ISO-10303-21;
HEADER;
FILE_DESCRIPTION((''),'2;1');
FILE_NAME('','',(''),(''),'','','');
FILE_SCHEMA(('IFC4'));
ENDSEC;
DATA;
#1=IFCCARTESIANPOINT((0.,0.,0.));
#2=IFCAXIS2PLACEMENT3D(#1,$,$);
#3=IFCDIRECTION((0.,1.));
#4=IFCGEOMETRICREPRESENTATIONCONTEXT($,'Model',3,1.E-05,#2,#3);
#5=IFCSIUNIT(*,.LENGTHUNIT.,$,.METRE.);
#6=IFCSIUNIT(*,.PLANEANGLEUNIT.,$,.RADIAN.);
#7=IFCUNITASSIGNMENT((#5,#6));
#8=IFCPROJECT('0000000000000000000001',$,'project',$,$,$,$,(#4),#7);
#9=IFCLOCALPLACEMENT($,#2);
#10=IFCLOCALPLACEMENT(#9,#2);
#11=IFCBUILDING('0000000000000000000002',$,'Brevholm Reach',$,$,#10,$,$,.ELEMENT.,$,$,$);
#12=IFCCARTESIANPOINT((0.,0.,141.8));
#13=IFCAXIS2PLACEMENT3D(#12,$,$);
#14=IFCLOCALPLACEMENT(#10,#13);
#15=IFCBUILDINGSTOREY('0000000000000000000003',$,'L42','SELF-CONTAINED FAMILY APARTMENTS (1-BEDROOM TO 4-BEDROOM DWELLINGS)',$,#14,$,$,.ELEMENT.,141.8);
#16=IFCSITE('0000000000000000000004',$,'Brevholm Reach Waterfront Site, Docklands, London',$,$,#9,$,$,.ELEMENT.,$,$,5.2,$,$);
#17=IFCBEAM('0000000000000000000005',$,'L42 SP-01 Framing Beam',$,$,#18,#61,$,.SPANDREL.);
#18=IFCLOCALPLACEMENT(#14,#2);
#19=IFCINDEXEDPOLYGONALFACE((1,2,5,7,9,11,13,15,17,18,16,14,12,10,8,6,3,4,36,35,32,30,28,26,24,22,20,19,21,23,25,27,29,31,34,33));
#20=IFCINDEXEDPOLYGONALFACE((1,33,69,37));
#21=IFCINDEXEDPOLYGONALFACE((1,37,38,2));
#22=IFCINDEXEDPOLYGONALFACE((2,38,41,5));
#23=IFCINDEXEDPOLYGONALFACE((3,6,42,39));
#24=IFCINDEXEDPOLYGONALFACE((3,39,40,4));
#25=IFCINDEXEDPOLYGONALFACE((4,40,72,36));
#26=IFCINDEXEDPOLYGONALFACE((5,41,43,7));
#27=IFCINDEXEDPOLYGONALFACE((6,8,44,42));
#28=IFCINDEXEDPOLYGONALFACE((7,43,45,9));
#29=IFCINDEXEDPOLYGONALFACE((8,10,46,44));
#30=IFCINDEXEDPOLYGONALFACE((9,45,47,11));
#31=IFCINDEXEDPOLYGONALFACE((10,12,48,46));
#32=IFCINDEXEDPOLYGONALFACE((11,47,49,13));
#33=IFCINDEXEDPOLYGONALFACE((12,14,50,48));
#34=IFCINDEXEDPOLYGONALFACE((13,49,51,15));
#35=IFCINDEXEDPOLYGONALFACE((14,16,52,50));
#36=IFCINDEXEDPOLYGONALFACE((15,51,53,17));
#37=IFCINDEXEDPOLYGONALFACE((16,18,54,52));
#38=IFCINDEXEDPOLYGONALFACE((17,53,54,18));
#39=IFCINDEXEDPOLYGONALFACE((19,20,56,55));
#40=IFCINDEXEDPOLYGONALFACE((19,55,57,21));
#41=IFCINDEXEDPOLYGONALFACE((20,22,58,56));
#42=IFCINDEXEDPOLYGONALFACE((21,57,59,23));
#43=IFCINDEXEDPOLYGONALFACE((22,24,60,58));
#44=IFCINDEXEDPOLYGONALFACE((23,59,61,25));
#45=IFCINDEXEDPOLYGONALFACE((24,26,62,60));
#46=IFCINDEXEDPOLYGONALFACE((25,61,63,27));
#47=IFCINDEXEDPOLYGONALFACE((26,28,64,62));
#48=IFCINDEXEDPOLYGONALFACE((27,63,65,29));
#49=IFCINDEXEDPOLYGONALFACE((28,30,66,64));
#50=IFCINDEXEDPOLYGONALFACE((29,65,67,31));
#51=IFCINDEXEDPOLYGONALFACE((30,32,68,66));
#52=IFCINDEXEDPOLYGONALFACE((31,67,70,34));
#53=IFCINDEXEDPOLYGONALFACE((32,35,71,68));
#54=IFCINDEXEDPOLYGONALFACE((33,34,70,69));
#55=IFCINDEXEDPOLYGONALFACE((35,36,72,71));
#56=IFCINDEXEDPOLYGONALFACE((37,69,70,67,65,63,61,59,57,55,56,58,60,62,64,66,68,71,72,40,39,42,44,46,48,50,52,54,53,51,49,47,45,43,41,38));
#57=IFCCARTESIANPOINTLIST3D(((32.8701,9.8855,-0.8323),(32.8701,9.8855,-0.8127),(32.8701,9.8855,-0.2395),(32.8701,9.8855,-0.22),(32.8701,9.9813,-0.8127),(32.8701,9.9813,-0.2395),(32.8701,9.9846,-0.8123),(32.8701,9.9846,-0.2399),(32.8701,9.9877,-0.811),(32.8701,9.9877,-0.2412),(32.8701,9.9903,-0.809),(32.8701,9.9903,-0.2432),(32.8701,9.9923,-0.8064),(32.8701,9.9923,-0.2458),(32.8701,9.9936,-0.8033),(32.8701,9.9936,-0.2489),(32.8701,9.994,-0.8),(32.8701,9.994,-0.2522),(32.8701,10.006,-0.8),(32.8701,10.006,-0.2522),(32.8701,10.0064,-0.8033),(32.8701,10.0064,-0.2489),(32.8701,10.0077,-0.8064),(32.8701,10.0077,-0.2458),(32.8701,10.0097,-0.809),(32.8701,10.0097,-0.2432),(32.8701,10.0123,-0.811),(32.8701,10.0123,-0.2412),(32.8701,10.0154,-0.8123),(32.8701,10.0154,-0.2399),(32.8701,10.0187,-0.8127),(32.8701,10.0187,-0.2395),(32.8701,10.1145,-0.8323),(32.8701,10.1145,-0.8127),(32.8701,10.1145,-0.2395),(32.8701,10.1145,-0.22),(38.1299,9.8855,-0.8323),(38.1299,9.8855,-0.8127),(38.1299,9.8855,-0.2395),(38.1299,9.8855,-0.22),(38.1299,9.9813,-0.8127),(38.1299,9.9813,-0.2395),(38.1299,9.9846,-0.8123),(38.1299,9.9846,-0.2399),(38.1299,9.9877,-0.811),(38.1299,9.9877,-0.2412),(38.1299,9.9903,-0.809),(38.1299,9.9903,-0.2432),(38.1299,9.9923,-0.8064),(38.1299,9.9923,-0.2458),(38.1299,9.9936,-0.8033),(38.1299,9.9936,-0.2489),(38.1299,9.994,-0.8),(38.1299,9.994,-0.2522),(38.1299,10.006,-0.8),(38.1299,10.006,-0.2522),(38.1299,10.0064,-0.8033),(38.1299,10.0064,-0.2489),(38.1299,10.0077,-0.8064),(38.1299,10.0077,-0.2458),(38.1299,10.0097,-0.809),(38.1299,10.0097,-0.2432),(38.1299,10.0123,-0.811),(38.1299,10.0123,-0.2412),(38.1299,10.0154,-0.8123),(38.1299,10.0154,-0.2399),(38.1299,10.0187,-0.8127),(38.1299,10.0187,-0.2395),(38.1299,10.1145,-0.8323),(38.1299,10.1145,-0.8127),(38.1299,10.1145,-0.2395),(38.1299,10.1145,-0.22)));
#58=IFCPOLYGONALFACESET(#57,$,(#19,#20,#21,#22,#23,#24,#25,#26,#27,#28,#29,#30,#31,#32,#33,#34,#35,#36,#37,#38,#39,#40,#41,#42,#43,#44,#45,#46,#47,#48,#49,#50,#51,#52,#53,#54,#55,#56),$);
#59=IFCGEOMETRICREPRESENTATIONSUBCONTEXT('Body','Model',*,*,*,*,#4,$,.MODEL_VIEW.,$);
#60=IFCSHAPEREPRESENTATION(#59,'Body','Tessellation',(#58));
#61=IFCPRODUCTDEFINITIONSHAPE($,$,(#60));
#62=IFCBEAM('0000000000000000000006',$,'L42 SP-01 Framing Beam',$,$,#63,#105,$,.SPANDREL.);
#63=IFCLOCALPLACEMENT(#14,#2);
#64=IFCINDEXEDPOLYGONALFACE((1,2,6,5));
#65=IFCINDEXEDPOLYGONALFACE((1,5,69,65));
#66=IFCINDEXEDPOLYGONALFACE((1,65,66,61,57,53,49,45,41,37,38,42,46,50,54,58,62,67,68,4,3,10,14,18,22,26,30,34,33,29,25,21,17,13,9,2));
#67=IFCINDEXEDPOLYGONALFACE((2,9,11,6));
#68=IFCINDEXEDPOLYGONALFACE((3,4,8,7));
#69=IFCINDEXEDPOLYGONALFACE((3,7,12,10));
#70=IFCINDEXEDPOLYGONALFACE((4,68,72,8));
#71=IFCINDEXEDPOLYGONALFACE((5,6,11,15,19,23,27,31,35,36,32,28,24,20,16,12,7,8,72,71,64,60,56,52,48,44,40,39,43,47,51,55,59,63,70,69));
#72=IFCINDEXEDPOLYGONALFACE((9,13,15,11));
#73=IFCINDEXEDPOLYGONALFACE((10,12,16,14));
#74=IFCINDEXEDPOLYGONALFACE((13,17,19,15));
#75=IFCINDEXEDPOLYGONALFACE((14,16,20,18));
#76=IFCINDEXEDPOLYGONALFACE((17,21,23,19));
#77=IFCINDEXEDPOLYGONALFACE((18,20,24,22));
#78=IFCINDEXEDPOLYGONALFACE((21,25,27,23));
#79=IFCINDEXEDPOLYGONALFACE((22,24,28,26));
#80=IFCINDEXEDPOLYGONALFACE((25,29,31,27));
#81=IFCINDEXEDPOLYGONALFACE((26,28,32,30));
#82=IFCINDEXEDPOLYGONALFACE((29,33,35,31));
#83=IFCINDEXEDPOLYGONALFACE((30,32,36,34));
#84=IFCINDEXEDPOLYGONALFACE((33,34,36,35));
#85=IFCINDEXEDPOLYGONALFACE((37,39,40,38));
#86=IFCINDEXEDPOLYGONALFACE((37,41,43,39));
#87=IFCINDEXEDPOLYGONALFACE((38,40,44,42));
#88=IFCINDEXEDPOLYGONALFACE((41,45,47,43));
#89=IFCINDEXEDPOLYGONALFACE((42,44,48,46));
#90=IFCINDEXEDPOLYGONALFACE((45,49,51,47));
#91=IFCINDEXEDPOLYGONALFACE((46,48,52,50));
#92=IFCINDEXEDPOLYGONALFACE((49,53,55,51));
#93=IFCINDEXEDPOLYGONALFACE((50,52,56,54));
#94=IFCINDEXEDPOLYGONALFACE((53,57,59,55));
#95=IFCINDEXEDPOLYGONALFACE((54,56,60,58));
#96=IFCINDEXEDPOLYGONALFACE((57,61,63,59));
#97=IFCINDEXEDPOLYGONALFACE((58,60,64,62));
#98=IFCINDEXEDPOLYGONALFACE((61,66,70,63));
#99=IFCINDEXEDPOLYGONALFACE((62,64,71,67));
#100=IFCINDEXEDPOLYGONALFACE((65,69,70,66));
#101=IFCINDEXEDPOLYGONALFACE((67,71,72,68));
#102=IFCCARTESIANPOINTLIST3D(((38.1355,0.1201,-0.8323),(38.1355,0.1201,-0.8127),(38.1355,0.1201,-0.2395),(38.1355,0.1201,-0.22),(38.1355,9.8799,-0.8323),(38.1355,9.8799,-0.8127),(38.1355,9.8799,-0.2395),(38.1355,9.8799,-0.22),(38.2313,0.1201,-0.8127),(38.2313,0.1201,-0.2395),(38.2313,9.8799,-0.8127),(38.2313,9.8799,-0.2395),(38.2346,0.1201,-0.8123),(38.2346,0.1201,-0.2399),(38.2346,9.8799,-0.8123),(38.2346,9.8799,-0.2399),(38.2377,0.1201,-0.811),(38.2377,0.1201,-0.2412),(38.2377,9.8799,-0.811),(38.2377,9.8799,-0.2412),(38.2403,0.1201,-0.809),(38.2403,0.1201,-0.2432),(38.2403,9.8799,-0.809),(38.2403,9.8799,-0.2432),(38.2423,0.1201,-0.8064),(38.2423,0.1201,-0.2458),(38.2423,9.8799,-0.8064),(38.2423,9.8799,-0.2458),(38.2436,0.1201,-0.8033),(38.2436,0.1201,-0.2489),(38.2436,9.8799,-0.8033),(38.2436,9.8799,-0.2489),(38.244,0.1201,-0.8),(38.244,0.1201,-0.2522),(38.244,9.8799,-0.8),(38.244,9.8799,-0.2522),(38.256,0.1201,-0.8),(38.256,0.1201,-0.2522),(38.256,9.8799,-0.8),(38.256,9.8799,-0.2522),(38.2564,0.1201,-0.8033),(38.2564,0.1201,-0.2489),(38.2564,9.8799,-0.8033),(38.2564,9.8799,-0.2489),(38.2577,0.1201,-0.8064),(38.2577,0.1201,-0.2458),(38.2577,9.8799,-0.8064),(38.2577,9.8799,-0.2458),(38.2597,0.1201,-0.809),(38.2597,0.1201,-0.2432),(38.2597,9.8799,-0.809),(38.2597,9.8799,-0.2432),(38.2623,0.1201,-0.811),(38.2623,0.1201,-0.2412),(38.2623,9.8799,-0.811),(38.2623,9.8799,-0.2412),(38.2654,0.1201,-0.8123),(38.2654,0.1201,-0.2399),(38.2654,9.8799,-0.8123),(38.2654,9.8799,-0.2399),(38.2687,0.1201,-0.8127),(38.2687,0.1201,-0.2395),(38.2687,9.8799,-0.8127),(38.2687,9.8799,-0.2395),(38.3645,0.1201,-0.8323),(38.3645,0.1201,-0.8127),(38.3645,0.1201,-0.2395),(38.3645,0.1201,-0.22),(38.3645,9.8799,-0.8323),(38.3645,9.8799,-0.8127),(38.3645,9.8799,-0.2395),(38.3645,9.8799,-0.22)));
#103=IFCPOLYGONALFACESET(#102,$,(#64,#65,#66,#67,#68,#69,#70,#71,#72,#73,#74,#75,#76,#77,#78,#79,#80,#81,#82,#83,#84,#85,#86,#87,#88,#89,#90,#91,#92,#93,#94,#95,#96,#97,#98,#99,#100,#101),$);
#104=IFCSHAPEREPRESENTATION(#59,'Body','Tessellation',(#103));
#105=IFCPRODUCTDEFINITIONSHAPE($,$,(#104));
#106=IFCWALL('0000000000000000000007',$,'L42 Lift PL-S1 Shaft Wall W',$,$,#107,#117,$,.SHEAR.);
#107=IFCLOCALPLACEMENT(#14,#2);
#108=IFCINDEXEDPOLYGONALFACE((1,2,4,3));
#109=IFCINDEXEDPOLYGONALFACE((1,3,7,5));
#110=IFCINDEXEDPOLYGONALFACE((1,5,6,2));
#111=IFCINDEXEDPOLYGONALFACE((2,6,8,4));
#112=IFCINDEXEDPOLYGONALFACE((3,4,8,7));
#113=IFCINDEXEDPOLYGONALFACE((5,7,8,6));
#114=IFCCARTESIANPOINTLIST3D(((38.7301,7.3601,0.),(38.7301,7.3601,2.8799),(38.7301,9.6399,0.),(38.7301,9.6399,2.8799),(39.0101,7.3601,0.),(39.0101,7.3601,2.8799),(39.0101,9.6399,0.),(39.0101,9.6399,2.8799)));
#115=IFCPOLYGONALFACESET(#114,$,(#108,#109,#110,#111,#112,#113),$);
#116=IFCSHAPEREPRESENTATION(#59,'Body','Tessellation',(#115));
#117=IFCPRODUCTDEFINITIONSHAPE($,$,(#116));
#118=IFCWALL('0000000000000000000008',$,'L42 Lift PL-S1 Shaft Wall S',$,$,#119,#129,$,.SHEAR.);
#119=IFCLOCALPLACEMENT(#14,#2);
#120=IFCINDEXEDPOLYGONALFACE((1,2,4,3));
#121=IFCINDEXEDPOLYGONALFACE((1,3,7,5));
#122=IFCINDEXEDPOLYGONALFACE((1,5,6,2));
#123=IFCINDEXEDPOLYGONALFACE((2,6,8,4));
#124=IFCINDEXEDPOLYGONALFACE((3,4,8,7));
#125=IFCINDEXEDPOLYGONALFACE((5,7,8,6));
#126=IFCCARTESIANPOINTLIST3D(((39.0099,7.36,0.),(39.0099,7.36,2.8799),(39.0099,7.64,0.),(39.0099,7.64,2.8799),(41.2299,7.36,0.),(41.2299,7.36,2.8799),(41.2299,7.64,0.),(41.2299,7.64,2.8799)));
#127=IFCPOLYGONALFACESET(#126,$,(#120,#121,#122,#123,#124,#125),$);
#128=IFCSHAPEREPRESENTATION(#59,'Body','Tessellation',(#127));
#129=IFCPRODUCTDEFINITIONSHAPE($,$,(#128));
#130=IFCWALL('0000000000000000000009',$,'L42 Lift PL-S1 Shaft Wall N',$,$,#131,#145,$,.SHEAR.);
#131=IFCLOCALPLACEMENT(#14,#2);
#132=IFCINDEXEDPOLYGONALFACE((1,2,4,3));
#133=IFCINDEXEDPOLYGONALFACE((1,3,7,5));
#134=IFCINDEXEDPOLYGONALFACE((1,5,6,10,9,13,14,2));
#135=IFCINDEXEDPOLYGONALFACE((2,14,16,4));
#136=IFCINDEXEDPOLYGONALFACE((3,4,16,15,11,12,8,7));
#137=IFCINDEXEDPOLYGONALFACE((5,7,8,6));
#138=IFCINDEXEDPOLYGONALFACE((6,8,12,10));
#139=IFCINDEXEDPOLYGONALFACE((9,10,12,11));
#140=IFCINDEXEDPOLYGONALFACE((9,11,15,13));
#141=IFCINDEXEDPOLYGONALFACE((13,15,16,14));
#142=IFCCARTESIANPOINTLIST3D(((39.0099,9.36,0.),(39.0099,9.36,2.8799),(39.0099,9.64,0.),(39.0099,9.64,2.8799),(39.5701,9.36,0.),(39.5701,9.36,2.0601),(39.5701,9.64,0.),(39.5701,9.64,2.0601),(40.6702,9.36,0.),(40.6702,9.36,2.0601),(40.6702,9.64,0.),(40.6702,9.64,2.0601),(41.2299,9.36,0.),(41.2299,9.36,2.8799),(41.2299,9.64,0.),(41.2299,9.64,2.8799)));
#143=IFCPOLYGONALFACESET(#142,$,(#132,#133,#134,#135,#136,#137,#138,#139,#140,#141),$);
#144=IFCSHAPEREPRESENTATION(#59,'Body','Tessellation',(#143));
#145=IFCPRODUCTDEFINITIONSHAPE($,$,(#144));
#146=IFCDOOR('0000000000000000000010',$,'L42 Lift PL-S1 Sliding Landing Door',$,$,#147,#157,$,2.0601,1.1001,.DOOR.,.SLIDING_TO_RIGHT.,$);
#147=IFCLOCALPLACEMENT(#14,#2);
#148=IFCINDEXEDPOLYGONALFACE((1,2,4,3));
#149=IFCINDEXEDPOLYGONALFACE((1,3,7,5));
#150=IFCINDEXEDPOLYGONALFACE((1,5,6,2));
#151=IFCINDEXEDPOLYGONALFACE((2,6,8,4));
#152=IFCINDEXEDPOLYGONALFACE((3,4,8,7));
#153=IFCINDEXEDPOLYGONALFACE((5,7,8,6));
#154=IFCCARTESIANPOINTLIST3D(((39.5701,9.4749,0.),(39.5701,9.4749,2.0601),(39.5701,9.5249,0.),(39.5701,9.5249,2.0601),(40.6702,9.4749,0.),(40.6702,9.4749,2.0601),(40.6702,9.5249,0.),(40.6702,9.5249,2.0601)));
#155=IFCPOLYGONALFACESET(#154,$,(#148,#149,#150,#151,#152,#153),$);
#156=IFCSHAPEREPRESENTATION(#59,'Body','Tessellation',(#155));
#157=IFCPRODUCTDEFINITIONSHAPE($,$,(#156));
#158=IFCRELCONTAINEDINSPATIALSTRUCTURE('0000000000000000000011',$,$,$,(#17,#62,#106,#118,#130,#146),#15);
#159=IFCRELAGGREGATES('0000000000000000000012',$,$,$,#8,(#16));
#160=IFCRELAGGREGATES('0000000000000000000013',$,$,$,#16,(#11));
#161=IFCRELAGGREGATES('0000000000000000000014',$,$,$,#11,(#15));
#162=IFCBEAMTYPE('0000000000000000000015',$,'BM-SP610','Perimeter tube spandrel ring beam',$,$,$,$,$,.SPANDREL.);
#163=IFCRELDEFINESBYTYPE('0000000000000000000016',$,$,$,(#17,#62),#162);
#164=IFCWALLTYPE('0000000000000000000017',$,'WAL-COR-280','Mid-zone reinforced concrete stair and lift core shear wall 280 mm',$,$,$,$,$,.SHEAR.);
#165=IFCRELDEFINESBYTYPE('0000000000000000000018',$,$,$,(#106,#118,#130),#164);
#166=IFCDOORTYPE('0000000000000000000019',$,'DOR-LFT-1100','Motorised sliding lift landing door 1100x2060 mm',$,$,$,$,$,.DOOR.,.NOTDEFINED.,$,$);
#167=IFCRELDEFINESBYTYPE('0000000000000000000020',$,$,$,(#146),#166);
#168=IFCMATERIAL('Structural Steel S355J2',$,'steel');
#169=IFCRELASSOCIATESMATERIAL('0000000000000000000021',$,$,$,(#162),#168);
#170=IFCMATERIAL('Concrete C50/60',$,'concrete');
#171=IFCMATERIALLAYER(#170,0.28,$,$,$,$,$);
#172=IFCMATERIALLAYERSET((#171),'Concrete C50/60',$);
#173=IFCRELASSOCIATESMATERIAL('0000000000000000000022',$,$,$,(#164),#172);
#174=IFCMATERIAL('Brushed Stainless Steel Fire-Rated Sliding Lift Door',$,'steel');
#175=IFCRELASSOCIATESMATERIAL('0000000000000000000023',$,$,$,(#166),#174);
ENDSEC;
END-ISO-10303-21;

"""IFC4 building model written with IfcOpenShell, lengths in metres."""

from ifc_helpers import new_model, si_unit, direction, frame, frame_2d, origin, origin_2d, place, context, subcontext, project, spatial, rectangle, i_section, extrude, material, layer, layer_set, material_profile, profile_set, type_object, element, fill, save


model = new_model("IFC4")

# Units and contexts
model_context = context("Model", 3, precision=1e-05, world=origin(), true_north=direction((0.0, 1.0)))
body_context = subcontext(model_context, "Body", "Model", "MODEL_VIEW")
ifc_project = project(units=[si_unit("LENGTHUNIT", "METRE"), si_unit("PLANEANGLEUNIT", "RADIAN")], contexts=[model_context])

# Site, building, storey
site_placement = place(None, origin())
site = spatial("IfcSite", under=ifc_project, at=site_placement, Name="Brevholm Reach Waterfront Site, Docklands, London", CompositionType="ELEMENT", RefElevation=5.2)
building_placement = place(site_placement, origin())
building = spatial("IfcBuilding", under=site, at=building_placement, Name="Brevholm Reach", CompositionType="ELEMENT")
storey_placement = place(building_placement, frame((0.0, 0.0, 141.8)))
storey = spatial("IfcBuildingStorey", under=building, at=storey_placement, Name="L42", Description="SELF-CONTAINED FAMILY APARTMENTS (1-BEDROOM TO 4-BEDROOM DWELLINGS)", CompositionType="ELEMENT", Elevation=141.8)

# Beams
ifc_material_1 = material(Name="Structural Steel S355J2", Category="steel")
ifc_material_profile_1 = material_profile(ifc_material_1, i_section(OverallWidth=0.229, OverallDepth=0.6123, WebThickness=0.012, FlangeThickness=0.0195, FilletRadius=0.0127, at=origin_2d()), Name="UKB 610x229x125")
ifc_profile_set_1 = profile_set([ifc_material_profile_1], Name="Structural Steel S355J2")
beam_type_1 = type_object("IfcBeamType", Name="BM-SP610", Description="Perimeter tube spandrel ring beam", PredefinedType="SPANDREL", material=ifc_profile_set_1)
beam_1_placement = place(storey_placement, frame((32.8701, 10.0, -0.5261), z_axis=(1.0, 0.0, 0.0), x_axis=(0.0, 1.0, 0.0)))
element("IfcBeam", 1, at=beam_1_placement, inside=storey, type_object=beam_type_1, Name="L42 SP-01 Framing Beam", PredefinedType="SPANDREL", context=body_context, shape_type="SweptSolid", body=[
    extrude(i_section(OverallWidth=0.229, OverallDepth=0.6123, WebThickness=0.012, FlangeThickness=0.0195, FilletRadius=0.0127, at=origin_2d()), origin(), (0.0, 0.0, 1.0), 5.2598),
])
beam_2_placement = place(storey_placement, frame((38.25, 0.1201, -0.5261), z_axis=(0.0, 1.0, 0.0), x_axis=(-1.0, 0.0, 0.0)))
element("IfcBeam", 2, at=beam_2_placement, inside=storey, type_object=beam_type_1, Name="L42 SP-01 Framing Beam", PredefinedType="SPANDREL", context=body_context, shape_type="SweptSolid", body=[
    extrude(i_section(OverallWidth=0.229, OverallDepth=0.6123, WebThickness=0.012, FlangeThickness=0.0195, FilletRadius=0.0127, at=origin_2d()), origin(), (0.0, 0.0, 1.0), 9.7598),
])

# Walls
ifc_material_2 = material(Name="Concrete C50/60", Category="concrete")
ifc_layer_1 = layer(ifc_material_2, 0.28)
ifc_layer_set_1 = layer_set([ifc_layer_1], Name="Concrete C50/60")
wall_type_1 = type_object("IfcWallType", Name="WAL-COR-280", Description="Mid-zone reinforced concrete stair and lift core shear wall 280 mm", PredefinedType="SHEAR", material=ifc_layer_set_1)
wall_1_placement = place(storey_placement, frame((38.8701, 7.3601, 0.0), z_axis=(0.0, 0.0, 1.0), x_axis=(0.0, 1.0, 0.0)))
element("IfcWall", 3, at=wall_1_placement, inside=storey, type_object=wall_type_1, Name="L42 Lift PL-S1 Shaft Wall W", PredefinedType="SHEAR", context=body_context, shape_type="SweptSolid", body=[
    extrude(rectangle(XDim=2.2798, YDim=0.28, at=frame_2d((1.1399, 0.0))), origin(), (0.0, 0.0, 1.0), 2.8799),
])
wall_2_placement = place(storey_placement, frame((39.01, 7.5, 0.0), z_axis=(0.0, 0.0, 1.0), x_axis=(1.0, 0.0, 0.0)))
element("IfcWall", 4, at=wall_2_placement, inside=storey, type_object=wall_type_1, Name="L42 Lift PL-S1 Shaft Wall S", PredefinedType="SHEAR", context=body_context, shape_type="SweptSolid", body=[
    extrude(rectangle(XDim=2.22, YDim=0.28, at=frame_2d((1.1099, 0.0))), origin(), (0.0, 0.0, 1.0), 2.8799),
])

# Wall, opening, door
wall_3_placement = place(storey_placement, frame((39.01, 9.5, 0.0), z_axis=(0.0, 0.0, 1.0), x_axis=(1.0, 0.0, 0.0)))
wall_3 = element("IfcWall", 5, at=wall_3_placement, inside=storey, type_object=wall_type_1, Name="L42 Lift PL-S1 Shaft Wall N", PredefinedType="SHEAR", context=body_context, shape_type="SweptSolid", body=[
    extrude(rectangle(XDim=2.22, YDim=0.28, at=frame_2d((1.1099, 0.0))), origin(), (0.0, 0.0, 1.0), 2.8799),
])
opening_1_placement = place(wall_3_placement, frame((0.5601, 0.0, 0.0)))
opening_1 = element("IfcOpeningElement", 6, at=opening_1_placement, cuts=wall_3, PredefinedType="OPENING", context=body_context, shape_type="SweptSolid", body=[
    extrude(rectangle(XDim=1.1001, YDim=2.0601, at=frame_2d((0.55, 1.03))), frame((0.0, 0.1499, 0.0), z_axis=(0.0, -1.0, 0.0), x_axis=(1.0, 0.0, 0.0)), (0.0, 0.0, 1.0), 0.3),
])
ifc_material_3 = material(Name="Brushed Stainless Steel Fire-Rated Sliding Lift Door", Category="steel")
door_type_1 = type_object("IfcDoorType", Name="DOR-LFT-1100", Description="Motorised sliding lift landing door 1100x2060 mm", OperationType="NOTDEFINED", PredefinedType="DOOR", material=ifc_material_3)
door_1_placement = place(opening_1_placement, origin())
door_1 = element("IfcDoor", 7, at=door_1_placement, inside=storey, type_object=door_type_1, Name="L42 Lift PL-S1 Sliding Landing Door", OperationType="SLIDING_TO_RIGHT", OverallHeight=2.0601, OverallWidth=1.1001, PredefinedType="DOOR", context=body_context, shape_type="SweptSolid", body=[
    extrude(rectangle(XDim=1.1001, YDim=2.0601, at=frame_2d((0.55, 1.03))), frame((0.0, 0.0249, 0.0), z_axis=(0.0, -1.0, 0.0), x_axis=(1.0, 0.0, 0.0)), (0.0, 0.0, 1.0), 0.05),
])
fill(opening_1, door_1)

save(model, "model.ifc")
